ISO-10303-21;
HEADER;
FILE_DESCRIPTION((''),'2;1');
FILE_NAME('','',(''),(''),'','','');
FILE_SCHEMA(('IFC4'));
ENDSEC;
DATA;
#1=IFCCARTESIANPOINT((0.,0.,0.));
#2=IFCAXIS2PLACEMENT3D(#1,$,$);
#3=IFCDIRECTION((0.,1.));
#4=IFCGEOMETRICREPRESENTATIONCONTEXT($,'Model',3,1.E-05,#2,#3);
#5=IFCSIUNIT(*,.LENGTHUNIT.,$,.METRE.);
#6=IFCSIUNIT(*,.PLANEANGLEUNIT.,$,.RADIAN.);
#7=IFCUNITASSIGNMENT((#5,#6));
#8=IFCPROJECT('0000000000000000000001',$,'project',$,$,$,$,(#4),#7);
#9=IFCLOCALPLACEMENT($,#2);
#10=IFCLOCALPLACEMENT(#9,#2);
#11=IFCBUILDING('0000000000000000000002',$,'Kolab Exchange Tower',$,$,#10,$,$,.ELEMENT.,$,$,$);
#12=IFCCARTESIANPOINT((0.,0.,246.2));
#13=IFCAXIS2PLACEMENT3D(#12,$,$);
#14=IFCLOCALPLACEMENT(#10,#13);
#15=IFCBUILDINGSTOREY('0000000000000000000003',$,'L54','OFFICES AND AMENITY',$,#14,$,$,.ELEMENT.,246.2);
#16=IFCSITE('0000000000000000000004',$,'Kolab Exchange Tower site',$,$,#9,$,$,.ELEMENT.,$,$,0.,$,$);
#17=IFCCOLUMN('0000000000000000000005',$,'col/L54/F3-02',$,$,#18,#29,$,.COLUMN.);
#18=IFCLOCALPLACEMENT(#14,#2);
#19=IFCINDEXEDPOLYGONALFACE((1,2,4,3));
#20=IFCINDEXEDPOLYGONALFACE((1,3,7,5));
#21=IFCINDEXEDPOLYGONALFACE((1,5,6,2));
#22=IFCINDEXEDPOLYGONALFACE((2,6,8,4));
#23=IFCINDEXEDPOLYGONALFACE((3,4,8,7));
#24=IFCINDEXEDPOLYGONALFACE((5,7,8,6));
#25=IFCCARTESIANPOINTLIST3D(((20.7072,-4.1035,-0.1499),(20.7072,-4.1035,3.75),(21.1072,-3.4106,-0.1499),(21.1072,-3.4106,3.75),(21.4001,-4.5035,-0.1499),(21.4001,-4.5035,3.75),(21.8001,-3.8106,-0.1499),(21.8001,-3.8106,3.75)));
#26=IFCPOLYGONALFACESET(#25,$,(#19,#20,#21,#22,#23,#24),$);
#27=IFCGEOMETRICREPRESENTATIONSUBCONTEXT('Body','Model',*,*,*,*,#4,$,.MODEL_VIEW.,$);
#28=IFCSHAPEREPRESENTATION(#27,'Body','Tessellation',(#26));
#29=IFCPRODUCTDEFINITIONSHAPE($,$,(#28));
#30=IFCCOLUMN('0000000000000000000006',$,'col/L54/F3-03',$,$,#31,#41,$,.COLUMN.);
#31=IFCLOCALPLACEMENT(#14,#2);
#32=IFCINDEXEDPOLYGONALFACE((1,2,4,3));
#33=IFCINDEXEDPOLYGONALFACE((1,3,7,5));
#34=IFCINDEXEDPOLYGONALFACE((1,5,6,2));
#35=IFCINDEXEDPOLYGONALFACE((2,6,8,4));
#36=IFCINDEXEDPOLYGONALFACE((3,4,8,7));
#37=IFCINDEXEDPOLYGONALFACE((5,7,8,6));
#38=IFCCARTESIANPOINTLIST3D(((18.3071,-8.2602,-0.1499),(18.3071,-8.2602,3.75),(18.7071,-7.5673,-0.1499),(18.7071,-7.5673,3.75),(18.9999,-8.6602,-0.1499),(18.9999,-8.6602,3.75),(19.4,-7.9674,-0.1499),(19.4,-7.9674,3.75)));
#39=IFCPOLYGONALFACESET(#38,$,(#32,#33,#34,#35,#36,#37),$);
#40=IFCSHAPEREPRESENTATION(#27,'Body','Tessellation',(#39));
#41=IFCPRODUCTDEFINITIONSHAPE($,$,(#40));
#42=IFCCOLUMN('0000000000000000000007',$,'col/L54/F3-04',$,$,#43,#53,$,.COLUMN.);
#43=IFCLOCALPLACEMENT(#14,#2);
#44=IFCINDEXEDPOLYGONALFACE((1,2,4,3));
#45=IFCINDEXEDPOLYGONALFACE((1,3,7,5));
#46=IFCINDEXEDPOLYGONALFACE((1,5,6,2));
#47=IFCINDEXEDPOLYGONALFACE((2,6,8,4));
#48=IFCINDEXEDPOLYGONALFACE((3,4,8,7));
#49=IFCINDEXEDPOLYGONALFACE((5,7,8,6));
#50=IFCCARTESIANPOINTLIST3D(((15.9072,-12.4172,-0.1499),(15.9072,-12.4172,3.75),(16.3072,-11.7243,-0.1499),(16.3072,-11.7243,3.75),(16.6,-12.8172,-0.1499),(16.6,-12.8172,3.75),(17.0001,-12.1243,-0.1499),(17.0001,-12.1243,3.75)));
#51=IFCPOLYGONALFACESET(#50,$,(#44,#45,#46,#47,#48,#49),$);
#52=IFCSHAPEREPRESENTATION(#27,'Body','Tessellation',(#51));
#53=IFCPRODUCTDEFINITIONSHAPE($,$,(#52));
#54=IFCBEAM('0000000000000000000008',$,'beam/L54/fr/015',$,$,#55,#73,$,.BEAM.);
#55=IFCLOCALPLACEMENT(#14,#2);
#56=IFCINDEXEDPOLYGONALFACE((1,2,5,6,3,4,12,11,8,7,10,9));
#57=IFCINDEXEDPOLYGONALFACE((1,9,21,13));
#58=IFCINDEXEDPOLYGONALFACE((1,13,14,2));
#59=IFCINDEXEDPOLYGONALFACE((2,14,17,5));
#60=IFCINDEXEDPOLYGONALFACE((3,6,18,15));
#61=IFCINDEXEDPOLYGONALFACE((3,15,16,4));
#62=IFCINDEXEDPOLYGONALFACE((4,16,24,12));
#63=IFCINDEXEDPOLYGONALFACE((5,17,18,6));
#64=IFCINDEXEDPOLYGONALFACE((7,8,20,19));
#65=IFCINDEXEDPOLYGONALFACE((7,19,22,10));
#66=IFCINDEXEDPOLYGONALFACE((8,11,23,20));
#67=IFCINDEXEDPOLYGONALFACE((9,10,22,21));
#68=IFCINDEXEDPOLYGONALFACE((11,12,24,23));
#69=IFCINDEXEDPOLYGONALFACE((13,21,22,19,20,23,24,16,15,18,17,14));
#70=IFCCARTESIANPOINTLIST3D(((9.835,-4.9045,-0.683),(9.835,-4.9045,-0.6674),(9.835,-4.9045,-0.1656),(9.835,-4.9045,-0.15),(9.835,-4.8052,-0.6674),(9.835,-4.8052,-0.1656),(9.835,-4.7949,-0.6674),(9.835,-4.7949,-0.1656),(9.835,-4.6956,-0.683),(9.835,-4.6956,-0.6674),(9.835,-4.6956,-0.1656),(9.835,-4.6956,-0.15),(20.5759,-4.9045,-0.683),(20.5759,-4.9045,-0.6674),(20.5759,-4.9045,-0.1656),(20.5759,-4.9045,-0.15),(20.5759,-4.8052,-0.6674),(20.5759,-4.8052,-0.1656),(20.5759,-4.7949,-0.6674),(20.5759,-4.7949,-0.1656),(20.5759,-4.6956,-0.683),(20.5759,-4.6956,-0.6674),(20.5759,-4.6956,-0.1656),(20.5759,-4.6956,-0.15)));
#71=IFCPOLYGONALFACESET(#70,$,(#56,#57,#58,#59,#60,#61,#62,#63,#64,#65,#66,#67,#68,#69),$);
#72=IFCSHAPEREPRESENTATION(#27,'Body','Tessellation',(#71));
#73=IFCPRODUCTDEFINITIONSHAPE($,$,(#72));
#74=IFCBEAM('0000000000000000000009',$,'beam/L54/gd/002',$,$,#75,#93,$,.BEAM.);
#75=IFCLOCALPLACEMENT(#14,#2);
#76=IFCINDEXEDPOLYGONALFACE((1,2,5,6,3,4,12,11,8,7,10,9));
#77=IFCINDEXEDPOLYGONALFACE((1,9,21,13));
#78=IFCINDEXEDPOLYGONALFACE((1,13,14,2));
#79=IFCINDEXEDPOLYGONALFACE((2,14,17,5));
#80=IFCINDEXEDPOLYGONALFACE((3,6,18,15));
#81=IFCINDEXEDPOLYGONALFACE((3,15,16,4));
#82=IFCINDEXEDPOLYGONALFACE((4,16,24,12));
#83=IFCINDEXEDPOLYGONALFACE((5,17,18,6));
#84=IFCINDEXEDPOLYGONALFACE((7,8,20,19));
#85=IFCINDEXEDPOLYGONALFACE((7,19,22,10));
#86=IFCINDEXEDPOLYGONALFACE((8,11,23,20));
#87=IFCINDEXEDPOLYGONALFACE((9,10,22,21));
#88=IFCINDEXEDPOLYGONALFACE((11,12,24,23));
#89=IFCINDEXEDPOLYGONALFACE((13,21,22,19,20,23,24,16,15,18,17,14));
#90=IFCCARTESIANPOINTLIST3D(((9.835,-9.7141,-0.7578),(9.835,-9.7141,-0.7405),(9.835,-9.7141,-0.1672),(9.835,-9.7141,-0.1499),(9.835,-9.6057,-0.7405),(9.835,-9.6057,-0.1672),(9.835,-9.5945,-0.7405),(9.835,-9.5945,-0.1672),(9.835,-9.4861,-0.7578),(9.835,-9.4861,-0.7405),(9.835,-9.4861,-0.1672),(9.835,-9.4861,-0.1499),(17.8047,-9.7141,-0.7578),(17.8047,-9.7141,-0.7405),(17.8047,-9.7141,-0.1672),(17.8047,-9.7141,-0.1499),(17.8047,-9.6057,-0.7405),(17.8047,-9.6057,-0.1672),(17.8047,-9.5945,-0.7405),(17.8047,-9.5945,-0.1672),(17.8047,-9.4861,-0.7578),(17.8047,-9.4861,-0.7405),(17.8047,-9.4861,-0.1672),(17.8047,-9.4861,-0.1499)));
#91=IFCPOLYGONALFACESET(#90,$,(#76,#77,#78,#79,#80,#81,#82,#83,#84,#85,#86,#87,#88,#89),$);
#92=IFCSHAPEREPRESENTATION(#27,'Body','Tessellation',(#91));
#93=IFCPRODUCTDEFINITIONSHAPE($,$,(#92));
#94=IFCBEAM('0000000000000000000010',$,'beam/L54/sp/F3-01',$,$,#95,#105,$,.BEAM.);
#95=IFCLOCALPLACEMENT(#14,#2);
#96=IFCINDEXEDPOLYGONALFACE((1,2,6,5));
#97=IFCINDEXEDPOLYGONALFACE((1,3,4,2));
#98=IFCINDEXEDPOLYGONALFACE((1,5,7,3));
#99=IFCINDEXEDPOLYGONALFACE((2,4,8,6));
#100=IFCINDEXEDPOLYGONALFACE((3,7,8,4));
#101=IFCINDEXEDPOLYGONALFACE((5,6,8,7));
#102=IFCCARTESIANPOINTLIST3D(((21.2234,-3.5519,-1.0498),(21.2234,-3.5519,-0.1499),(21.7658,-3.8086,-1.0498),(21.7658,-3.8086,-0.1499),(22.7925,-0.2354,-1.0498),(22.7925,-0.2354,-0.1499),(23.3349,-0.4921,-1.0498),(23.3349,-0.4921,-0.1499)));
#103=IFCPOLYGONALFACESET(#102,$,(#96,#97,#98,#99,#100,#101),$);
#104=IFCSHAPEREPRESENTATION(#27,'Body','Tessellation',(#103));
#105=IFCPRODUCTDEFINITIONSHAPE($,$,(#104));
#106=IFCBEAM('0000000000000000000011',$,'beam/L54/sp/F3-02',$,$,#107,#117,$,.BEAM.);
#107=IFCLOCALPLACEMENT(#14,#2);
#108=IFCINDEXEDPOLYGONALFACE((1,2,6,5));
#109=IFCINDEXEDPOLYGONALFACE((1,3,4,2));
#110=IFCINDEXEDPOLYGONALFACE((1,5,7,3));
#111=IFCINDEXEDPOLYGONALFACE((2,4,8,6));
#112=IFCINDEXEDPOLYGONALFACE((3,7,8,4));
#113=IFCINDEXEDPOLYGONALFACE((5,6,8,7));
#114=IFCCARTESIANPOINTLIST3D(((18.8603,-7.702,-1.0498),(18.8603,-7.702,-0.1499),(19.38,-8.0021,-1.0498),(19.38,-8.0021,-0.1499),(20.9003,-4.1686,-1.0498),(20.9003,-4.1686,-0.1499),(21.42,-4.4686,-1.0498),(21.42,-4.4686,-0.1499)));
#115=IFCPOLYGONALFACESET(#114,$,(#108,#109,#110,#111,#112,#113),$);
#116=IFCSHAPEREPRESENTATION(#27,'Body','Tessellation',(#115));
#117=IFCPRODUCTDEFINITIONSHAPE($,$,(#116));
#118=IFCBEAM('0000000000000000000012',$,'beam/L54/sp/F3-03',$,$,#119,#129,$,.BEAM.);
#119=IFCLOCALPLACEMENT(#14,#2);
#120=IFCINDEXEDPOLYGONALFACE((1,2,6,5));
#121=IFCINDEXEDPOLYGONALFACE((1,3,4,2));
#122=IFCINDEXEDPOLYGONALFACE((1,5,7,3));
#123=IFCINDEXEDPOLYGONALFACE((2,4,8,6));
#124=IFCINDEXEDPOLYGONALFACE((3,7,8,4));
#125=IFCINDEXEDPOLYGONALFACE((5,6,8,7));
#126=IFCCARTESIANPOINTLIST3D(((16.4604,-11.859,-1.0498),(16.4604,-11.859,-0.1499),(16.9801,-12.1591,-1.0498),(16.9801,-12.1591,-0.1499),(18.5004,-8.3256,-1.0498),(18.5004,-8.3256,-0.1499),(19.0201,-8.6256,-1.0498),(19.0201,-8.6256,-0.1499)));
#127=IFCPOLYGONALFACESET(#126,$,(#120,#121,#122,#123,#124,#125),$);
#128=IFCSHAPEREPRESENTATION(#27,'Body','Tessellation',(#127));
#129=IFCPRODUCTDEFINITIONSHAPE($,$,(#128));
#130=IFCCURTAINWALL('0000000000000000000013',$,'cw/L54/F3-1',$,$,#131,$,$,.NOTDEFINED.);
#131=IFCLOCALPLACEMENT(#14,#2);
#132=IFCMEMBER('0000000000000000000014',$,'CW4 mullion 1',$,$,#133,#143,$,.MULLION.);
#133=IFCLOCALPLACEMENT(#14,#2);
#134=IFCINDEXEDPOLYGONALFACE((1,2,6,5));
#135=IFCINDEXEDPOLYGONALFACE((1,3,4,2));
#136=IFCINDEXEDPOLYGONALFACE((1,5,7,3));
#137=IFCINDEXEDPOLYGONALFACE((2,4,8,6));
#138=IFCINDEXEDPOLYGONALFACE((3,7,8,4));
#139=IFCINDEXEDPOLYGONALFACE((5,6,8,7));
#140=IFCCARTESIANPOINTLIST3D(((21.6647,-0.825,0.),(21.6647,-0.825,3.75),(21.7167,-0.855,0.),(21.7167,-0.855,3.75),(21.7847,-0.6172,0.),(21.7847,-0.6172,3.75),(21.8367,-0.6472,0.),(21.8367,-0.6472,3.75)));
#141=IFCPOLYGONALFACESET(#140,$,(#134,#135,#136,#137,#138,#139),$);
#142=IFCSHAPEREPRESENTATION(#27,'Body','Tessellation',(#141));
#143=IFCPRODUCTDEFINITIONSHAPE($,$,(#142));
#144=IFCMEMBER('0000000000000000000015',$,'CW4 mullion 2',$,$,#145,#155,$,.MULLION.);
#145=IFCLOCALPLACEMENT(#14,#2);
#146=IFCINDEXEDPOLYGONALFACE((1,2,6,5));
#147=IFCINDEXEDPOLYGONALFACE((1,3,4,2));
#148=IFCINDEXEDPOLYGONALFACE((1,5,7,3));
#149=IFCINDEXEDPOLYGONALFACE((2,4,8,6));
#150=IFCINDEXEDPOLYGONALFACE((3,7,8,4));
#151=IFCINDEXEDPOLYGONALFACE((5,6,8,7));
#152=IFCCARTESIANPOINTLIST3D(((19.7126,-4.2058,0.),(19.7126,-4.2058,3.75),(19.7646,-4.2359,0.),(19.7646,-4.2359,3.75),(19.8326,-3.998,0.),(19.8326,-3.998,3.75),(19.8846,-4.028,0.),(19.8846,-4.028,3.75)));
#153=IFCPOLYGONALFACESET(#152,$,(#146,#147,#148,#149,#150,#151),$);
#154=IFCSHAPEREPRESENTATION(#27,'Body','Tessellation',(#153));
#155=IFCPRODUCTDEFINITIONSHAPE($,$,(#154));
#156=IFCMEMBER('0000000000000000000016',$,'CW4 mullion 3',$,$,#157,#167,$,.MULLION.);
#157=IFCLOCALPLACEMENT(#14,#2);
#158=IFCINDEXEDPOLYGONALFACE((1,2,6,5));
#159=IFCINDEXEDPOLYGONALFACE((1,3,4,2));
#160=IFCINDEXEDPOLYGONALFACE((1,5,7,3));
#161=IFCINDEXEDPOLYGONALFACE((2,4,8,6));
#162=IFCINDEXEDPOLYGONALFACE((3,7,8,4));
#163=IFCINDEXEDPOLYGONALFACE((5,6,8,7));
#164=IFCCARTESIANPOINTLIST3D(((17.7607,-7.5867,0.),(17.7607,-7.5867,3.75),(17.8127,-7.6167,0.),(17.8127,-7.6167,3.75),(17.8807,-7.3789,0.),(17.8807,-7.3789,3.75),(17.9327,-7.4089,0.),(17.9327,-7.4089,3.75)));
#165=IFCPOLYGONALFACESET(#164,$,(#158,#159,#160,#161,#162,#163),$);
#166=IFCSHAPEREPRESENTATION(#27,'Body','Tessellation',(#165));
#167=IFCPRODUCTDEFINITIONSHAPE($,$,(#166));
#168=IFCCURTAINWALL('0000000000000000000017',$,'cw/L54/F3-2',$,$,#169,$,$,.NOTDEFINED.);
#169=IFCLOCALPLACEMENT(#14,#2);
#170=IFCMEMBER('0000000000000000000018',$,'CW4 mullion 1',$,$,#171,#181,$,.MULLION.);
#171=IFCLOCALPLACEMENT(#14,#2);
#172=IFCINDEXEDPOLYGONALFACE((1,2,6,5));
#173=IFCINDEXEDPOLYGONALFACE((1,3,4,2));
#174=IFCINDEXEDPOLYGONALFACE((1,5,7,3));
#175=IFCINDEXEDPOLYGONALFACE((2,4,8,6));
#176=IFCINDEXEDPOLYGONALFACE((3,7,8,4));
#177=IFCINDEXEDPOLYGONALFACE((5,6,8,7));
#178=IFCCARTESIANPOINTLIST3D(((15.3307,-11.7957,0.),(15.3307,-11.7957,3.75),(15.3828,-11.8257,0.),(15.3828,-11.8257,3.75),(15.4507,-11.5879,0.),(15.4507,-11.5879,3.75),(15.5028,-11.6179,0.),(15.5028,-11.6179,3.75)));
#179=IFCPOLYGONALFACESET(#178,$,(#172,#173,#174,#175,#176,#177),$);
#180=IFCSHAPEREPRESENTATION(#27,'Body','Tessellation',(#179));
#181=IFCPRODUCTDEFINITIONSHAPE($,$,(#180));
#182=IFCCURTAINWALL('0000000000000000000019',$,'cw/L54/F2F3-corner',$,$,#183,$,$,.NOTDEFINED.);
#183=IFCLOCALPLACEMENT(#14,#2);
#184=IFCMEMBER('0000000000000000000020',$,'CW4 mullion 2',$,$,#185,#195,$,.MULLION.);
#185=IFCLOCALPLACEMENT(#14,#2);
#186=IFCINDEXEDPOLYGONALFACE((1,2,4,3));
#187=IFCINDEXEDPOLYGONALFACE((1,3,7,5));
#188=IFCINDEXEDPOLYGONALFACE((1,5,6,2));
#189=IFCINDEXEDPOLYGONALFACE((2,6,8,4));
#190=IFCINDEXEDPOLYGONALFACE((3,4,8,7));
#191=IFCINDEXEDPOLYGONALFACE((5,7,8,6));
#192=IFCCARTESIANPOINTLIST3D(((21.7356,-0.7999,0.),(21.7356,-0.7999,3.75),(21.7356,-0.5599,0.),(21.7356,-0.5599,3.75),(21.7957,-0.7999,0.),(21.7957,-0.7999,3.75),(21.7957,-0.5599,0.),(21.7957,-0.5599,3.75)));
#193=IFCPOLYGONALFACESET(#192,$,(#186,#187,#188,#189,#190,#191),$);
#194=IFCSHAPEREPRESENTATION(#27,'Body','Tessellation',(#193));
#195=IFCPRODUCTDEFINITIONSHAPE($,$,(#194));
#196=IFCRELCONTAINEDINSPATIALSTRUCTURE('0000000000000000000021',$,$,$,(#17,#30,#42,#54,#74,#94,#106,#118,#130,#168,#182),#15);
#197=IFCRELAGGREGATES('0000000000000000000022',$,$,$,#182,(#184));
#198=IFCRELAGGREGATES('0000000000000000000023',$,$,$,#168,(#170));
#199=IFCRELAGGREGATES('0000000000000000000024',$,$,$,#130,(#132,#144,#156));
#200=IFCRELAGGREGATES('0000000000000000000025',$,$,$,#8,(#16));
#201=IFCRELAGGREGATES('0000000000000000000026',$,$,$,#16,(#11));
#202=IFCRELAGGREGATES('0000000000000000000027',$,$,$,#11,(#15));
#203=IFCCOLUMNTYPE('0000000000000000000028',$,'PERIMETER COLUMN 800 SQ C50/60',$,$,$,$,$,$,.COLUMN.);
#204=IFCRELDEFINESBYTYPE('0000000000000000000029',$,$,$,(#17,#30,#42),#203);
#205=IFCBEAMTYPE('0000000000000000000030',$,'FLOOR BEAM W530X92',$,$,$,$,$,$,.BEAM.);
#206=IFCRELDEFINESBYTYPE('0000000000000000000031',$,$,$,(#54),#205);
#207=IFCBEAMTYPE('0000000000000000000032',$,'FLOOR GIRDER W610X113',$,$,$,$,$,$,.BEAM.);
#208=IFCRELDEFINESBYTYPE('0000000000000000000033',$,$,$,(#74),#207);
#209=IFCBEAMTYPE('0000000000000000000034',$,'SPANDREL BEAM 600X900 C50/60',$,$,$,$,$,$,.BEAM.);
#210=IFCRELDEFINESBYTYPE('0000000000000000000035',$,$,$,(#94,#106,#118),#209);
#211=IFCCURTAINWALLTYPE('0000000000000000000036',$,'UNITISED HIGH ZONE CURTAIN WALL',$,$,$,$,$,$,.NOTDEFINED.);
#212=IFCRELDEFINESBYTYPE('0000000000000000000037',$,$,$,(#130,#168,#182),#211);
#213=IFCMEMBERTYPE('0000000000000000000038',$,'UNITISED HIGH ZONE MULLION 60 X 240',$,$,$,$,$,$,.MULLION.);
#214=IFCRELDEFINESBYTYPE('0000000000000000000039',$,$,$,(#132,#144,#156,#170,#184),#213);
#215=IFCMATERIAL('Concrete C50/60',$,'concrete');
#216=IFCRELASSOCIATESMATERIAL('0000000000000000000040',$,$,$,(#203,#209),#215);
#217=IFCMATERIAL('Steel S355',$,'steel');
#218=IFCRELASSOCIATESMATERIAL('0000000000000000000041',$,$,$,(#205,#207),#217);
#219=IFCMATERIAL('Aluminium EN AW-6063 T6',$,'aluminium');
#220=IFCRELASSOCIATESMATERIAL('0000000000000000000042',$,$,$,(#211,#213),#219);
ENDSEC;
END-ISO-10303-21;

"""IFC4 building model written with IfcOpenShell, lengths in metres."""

from ifc_helpers import new_model, si_unit, direction, frame, origin, origin_2d, place, context, subcontext, project, spatial, rectangle, i_section, extrude, material, material_profile, profile_set, type_object, element, aggregate, save


model = new_model("IFC4")

# Units and contexts
model_context = context("Model", 3, precision=1e-05, world=origin(), true_north=direction((0.0, 1.0)))
body_context = subcontext(model_context, "Body", "Model", "MODEL_VIEW")
ifc_project = project(units=[si_unit("LENGTHUNIT", "METRE"), si_unit("PLANEANGLEUNIT", "RADIAN")], contexts=[model_context])

# Site, building, storey
site_placement = place(None, origin())
site = spatial("IfcSite", under=ifc_project, at=site_placement, Name="Kolab Exchange Tower site", CompositionType="ELEMENT", RefElevation=0.0)
building_placement = place(site_placement, origin())
building = spatial("IfcBuilding", under=site, at=building_placement, Name="Kolab Exchange Tower", CompositionType="ELEMENT")
storey_placement = place(building_placement, frame((0.0, 0.0, 246.2)))
storey = spatial("IfcBuildingStorey", under=building, at=storey_placement, Name="L54", Description="OFFICES AND AMENITY", CompositionType="ELEMENT", Elevation=246.2)

# Columns
ifc_material_1 = material(Name="Concrete C50/60", Category="concrete")
ifc_material_profile_1 = material_profile(ifc_material_1, rectangle(XDim=0.8, YDim=0.8, at=origin_2d()), Name="RC800")
ifc_profile_set_1 = profile_set([ifc_material_profile_1], Name="Concrete C50/60")
column_type = type_object("IfcColumnType", Name="PERIMETER COLUMN 800 SQ C50/60", PredefinedType="COLUMN", material=ifc_profile_set_1)
for number, where, z_axis, x_axis, name in (
    (1, (21.2537, -3.957, -0.1499), (0.0, 0.0, 1.0), (0.5, 0.866025, 0.0), "col/L54/F3-02"),
    (2, (18.8535, -8.1138, -0.1499), (0.0, 0.0, 1.0), (0.5, 0.866025, 0.0), "col/L54/F3-03"),
    (3, (16.4536, -12.2708, -0.1499), (0.0, 0.0, 1.0), (0.5, 0.866025, 0.0), "col/L54/F3-04"),
):
    element("IfcColumn", number, at=place(storey_placement, frame(where, z_axis=z_axis, x_axis=x_axis)), inside=storey, type_object=column_type, Name=name, PredefinedType="COLUMN", context=body_context, shape_type="SweptSolid", body=[
        extrude(rectangle(XDim=0.8, YDim=0.8, at=origin_2d()), origin(), (0.0, 0.0, 1.0), 3.8999),
    ])

# Beams
ifc_material_2 = material(Name="Steel S355", Category="steel")
ifc_material_profile_2 = material_profile(ifc_material_2, i_section(OverallWidth=0.209, OverallDepth=0.533, WebThickness=0.0103, FlangeThickness=0.0156, at=origin_2d()), Name="W530X92")
ifc_profile_set_2 = profile_set([ifc_material_profile_2], Name="Steel S355")
beam_type_1 = type_object("IfcBeamType", Name="FLOOR BEAM W530X92", PredefinedType="BEAM", material=ifc_profile_set_2)
beam_1_placement = place(storey_placement, frame((9.835, -4.8, -0.4165), z_axis=(1.0, 0.0, 0.0), x_axis=(0.0, 1.0, 0.0)))
element("IfcBeam", 4, at=beam_1_placement, inside=storey, type_object=beam_type_1, Name="beam/L54/fr/015", PredefinedType="BEAM", context=body_context, shape_type="SweptSolid", body=[
    extrude(i_section(OverallWidth=0.209, OverallDepth=0.533, WebThickness=0.0103, FlangeThickness=0.0156, at=origin_2d()), origin(), (0.0, 0.0, 1.0), 10.741),
])
ifc_material_profile_3 = material_profile(ifc_material_2, i_section(OverallWidth=0.228, OverallDepth=0.6079, WebThickness=0.0112, FlangeThickness=0.0173, at=origin_2d()), Name="W610X113")
ifc_profile_set_3 = profile_set([ifc_material_profile_3], Name="Steel S355")
beam_type_2 = type_object("IfcBeamType", Name="FLOOR GIRDER W610X113", PredefinedType="BEAM", material=ifc_profile_set_3)
beam_2_placement = place(storey_placement, frame((9.835, -9.6001, -0.4539), z_axis=(1.0, 0.0, 0.0), x_axis=(0.0, 1.0, 0.0)))
element("IfcBeam", 5, at=beam_2_placement, inside=storey, type_object=beam_type_2, Name="beam/L54/gd/002", PredefinedType="BEAM", context=body_context, shape_type="SweptSolid", body=[
    extrude(i_section(OverallWidth=0.228, OverallDepth=0.6079, WebThickness=0.0112, FlangeThickness=0.0173, at=origin_2d()), origin(), (0.0, 0.0, 1.0), 7.9697),
])
ifc_material_profile_4 = material_profile(ifc_material_1, rectangle(XDim=0.6001, YDim=0.8999, at=origin_2d()), Name="RC600X900")
ifc_profile_set_4 = profile_set([ifc_material_profile_4], Name="Concrete C50/60")
beam_type_3 = type_object("IfcBeamType", Name="SPANDREL BEAM 600X900 C50/60", PredefinedType="BEAM", material=ifc_profile_set_4)
beam_3_placement = place(storey_placement, frame((23.0637, -0.3638, -0.5999), z_axis=(-0.427677, -0.903932, 0.0), x_axis=(0.903932, -0.427677, 0.0)))
element("IfcBeam", 6, at=beam_3_placement, inside=storey, type_object=beam_type_3, Name="beam/L54/sp/F3-01", PredefinedType="BEAM", context=body_context, shape_type="SweptSolid", body=[
    extrude(rectangle(XDim=0.6001, YDim=0.8999, at=origin_2d()), origin(), (0.0, 0.0, 1.0), 3.6689),
])
for number, where, z_axis, x_axis, name in (
    (7, (21.1602, -4.3186, -0.5999), (-0.5, -0.866025, 0.0), (0.866025, -0.5, 0.0), "beam/L54/sp/F3-02"),
    (8, (18.7603, -8.4756, -0.5999), (-0.5, -0.866025, 0.0), (0.866025, -0.5, 0.0), "beam/L54/sp/F3-03"),
):
    element("IfcBeam", number, at=place(storey_placement, frame(where, z_axis=z_axis, x_axis=x_axis)), inside=storey, type_object=beam_type_3, Name=name, PredefinedType="BEAM", context=body_context, shape_type="SweptSolid", body=[
        extrude(rectangle(XDim=0.6001, YDim=0.8999, at=origin_2d()), origin(), (0.0, 0.0, 1.0), 4.0801),
    ])

# Curtain wall, members
ifc_material_3 = material(Name="Aluminium EN AW-6063 T6", Category="aluminium")
curtain_wall_type = type_object("IfcCurtainWallType", Name="UNITISED HIGH ZONE CURTAIN WALL", PredefinedType="NOTDEFINED", material=ifc_material_3)
curtain_wall_1_placement = place(storey_placement, origin())
curtain_wall_1 = element("IfcCurtainWall", 9, at=curtain_wall_1_placement, inside=storey, type_object=curtain_wall_type, Name="cw/L54/F3-1", PredefinedType="NOTDEFINED")
ifc_material_profile_5 = material_profile(ifc_material_3, rectangle(XDim=0.0601, YDim=0.24, at=origin_2d()), Name="RECT 60X240")
ifc_profile_set_5 = profile_set([ifc_material_profile_5], Name="Aluminium EN AW-6063 T6")
member_type_1 = type_object("IfcMemberType", Name="UNITISED HIGH ZONE MULLION 60 X 240", PredefinedType="MULLION", material=ifc_profile_set_5)
member_1_placement = place(storey_placement, frame((21.7507, -0.7361, 0.0), z_axis=(0.0, 0.0, 1.0), x_axis=(0.866025, -0.5, 0.0)))
member_1 = element("IfcMember", 10, at=member_1_placement, type_object=member_type_1, Name="CW4 mullion 1", PredefinedType="MULLION", context=body_context, shape_type="SweptSolid", body=[
    extrude(rectangle(XDim=0.0601, YDim=0.24, at=origin_2d()), origin(), (0.0, 0.0, 1.0), 3.75),
])
member_2_placement = place(storey_placement, frame((19.7986, -4.1169, 0.0), z_axis=(0.0, 0.0, 1.0), x_axis=(0.866025, -0.5, 0.0)))
member_2 = element("IfcMember", 11, at=member_2_placement, type_object=member_type_1, Name="CW4 mullion 2", PredefinedType="MULLION", context=body_context, shape_type="SweptSolid", body=[
    extrude(rectangle(XDim=0.0601, YDim=0.24, at=origin_2d()), origin(), (0.0, 0.0, 1.0), 3.75),
])
member_3_placement = place(storey_placement, frame((17.8467, -7.4978, 0.0), z_axis=(0.0, 0.0, 1.0), x_axis=(0.866025, -0.5, 0.0)))
member_3 = element("IfcMember", 12, at=member_3_placement, type_object=member_type_1, Name="CW4 mullion 3", PredefinedType="MULLION", context=body_context, shape_type="SweptSolid", body=[
    extrude(rectangle(XDim=0.0601, YDim=0.24, at=origin_2d()), origin(), (0.0, 0.0, 1.0), 3.75),
])

# Curtain walls, members
curtain_wall_2_placement = place(storey_placement, origin())
curtain_wall_2 = element("IfcCurtainWall", 13, at=curtain_wall_2_placement, inside=storey, type_object=curtain_wall_type, Name="cw/L54/F3-2", PredefinedType="NOTDEFINED")
member_4_placement = place(storey_placement, frame((15.4167, -11.7068, 0.0), z_axis=(0.0, 0.0, 1.0), x_axis=(0.866025, -0.5, 0.0)))
member_4 = element("IfcMember", 14, at=member_4_placement, type_object=member_type_1, Name="CW4 mullion 1", PredefinedType="MULLION", context=body_context, shape_type="SweptSolid", body=[
    extrude(rectangle(XDim=0.0601, YDim=0.24, at=origin_2d()), origin(), (0.0, 0.0, 1.0), 3.75),
])
curtain_wall_3_placement = place(storey_placement, origin())
curtain_wall_3 = element("IfcCurtainWall", 15, at=curtain_wall_3_placement, inside=storey, type_object=curtain_wall_type, Name="cw/L54/F2F3-corner", PredefinedType="NOTDEFINED")
member_5_placement = place(storey_placement, frame((21.7656, -0.6799, 0.0), z_axis=(0.0, 0.0, 1.0), x_axis=(1.0, 0.0, 0.0)))
member_5 = element("IfcMember", 16, at=member_5_placement, type_object=member_type_1, Name="CW4 mullion 2", PredefinedType="MULLION", context=body_context, shape_type="SweptSolid", body=[
    extrude(rectangle(XDim=0.0601, YDim=0.24, at=origin_2d()), origin(), (0.0, 0.0, 1.0), 3.75),
])
aggregate(curtain_wall_3, [member_5])

aggregate(curtain_wall_2, [member_4])

aggregate(curtain_wall_1, [member_1, member_2, member_3])

save(model, "model.ifc")
